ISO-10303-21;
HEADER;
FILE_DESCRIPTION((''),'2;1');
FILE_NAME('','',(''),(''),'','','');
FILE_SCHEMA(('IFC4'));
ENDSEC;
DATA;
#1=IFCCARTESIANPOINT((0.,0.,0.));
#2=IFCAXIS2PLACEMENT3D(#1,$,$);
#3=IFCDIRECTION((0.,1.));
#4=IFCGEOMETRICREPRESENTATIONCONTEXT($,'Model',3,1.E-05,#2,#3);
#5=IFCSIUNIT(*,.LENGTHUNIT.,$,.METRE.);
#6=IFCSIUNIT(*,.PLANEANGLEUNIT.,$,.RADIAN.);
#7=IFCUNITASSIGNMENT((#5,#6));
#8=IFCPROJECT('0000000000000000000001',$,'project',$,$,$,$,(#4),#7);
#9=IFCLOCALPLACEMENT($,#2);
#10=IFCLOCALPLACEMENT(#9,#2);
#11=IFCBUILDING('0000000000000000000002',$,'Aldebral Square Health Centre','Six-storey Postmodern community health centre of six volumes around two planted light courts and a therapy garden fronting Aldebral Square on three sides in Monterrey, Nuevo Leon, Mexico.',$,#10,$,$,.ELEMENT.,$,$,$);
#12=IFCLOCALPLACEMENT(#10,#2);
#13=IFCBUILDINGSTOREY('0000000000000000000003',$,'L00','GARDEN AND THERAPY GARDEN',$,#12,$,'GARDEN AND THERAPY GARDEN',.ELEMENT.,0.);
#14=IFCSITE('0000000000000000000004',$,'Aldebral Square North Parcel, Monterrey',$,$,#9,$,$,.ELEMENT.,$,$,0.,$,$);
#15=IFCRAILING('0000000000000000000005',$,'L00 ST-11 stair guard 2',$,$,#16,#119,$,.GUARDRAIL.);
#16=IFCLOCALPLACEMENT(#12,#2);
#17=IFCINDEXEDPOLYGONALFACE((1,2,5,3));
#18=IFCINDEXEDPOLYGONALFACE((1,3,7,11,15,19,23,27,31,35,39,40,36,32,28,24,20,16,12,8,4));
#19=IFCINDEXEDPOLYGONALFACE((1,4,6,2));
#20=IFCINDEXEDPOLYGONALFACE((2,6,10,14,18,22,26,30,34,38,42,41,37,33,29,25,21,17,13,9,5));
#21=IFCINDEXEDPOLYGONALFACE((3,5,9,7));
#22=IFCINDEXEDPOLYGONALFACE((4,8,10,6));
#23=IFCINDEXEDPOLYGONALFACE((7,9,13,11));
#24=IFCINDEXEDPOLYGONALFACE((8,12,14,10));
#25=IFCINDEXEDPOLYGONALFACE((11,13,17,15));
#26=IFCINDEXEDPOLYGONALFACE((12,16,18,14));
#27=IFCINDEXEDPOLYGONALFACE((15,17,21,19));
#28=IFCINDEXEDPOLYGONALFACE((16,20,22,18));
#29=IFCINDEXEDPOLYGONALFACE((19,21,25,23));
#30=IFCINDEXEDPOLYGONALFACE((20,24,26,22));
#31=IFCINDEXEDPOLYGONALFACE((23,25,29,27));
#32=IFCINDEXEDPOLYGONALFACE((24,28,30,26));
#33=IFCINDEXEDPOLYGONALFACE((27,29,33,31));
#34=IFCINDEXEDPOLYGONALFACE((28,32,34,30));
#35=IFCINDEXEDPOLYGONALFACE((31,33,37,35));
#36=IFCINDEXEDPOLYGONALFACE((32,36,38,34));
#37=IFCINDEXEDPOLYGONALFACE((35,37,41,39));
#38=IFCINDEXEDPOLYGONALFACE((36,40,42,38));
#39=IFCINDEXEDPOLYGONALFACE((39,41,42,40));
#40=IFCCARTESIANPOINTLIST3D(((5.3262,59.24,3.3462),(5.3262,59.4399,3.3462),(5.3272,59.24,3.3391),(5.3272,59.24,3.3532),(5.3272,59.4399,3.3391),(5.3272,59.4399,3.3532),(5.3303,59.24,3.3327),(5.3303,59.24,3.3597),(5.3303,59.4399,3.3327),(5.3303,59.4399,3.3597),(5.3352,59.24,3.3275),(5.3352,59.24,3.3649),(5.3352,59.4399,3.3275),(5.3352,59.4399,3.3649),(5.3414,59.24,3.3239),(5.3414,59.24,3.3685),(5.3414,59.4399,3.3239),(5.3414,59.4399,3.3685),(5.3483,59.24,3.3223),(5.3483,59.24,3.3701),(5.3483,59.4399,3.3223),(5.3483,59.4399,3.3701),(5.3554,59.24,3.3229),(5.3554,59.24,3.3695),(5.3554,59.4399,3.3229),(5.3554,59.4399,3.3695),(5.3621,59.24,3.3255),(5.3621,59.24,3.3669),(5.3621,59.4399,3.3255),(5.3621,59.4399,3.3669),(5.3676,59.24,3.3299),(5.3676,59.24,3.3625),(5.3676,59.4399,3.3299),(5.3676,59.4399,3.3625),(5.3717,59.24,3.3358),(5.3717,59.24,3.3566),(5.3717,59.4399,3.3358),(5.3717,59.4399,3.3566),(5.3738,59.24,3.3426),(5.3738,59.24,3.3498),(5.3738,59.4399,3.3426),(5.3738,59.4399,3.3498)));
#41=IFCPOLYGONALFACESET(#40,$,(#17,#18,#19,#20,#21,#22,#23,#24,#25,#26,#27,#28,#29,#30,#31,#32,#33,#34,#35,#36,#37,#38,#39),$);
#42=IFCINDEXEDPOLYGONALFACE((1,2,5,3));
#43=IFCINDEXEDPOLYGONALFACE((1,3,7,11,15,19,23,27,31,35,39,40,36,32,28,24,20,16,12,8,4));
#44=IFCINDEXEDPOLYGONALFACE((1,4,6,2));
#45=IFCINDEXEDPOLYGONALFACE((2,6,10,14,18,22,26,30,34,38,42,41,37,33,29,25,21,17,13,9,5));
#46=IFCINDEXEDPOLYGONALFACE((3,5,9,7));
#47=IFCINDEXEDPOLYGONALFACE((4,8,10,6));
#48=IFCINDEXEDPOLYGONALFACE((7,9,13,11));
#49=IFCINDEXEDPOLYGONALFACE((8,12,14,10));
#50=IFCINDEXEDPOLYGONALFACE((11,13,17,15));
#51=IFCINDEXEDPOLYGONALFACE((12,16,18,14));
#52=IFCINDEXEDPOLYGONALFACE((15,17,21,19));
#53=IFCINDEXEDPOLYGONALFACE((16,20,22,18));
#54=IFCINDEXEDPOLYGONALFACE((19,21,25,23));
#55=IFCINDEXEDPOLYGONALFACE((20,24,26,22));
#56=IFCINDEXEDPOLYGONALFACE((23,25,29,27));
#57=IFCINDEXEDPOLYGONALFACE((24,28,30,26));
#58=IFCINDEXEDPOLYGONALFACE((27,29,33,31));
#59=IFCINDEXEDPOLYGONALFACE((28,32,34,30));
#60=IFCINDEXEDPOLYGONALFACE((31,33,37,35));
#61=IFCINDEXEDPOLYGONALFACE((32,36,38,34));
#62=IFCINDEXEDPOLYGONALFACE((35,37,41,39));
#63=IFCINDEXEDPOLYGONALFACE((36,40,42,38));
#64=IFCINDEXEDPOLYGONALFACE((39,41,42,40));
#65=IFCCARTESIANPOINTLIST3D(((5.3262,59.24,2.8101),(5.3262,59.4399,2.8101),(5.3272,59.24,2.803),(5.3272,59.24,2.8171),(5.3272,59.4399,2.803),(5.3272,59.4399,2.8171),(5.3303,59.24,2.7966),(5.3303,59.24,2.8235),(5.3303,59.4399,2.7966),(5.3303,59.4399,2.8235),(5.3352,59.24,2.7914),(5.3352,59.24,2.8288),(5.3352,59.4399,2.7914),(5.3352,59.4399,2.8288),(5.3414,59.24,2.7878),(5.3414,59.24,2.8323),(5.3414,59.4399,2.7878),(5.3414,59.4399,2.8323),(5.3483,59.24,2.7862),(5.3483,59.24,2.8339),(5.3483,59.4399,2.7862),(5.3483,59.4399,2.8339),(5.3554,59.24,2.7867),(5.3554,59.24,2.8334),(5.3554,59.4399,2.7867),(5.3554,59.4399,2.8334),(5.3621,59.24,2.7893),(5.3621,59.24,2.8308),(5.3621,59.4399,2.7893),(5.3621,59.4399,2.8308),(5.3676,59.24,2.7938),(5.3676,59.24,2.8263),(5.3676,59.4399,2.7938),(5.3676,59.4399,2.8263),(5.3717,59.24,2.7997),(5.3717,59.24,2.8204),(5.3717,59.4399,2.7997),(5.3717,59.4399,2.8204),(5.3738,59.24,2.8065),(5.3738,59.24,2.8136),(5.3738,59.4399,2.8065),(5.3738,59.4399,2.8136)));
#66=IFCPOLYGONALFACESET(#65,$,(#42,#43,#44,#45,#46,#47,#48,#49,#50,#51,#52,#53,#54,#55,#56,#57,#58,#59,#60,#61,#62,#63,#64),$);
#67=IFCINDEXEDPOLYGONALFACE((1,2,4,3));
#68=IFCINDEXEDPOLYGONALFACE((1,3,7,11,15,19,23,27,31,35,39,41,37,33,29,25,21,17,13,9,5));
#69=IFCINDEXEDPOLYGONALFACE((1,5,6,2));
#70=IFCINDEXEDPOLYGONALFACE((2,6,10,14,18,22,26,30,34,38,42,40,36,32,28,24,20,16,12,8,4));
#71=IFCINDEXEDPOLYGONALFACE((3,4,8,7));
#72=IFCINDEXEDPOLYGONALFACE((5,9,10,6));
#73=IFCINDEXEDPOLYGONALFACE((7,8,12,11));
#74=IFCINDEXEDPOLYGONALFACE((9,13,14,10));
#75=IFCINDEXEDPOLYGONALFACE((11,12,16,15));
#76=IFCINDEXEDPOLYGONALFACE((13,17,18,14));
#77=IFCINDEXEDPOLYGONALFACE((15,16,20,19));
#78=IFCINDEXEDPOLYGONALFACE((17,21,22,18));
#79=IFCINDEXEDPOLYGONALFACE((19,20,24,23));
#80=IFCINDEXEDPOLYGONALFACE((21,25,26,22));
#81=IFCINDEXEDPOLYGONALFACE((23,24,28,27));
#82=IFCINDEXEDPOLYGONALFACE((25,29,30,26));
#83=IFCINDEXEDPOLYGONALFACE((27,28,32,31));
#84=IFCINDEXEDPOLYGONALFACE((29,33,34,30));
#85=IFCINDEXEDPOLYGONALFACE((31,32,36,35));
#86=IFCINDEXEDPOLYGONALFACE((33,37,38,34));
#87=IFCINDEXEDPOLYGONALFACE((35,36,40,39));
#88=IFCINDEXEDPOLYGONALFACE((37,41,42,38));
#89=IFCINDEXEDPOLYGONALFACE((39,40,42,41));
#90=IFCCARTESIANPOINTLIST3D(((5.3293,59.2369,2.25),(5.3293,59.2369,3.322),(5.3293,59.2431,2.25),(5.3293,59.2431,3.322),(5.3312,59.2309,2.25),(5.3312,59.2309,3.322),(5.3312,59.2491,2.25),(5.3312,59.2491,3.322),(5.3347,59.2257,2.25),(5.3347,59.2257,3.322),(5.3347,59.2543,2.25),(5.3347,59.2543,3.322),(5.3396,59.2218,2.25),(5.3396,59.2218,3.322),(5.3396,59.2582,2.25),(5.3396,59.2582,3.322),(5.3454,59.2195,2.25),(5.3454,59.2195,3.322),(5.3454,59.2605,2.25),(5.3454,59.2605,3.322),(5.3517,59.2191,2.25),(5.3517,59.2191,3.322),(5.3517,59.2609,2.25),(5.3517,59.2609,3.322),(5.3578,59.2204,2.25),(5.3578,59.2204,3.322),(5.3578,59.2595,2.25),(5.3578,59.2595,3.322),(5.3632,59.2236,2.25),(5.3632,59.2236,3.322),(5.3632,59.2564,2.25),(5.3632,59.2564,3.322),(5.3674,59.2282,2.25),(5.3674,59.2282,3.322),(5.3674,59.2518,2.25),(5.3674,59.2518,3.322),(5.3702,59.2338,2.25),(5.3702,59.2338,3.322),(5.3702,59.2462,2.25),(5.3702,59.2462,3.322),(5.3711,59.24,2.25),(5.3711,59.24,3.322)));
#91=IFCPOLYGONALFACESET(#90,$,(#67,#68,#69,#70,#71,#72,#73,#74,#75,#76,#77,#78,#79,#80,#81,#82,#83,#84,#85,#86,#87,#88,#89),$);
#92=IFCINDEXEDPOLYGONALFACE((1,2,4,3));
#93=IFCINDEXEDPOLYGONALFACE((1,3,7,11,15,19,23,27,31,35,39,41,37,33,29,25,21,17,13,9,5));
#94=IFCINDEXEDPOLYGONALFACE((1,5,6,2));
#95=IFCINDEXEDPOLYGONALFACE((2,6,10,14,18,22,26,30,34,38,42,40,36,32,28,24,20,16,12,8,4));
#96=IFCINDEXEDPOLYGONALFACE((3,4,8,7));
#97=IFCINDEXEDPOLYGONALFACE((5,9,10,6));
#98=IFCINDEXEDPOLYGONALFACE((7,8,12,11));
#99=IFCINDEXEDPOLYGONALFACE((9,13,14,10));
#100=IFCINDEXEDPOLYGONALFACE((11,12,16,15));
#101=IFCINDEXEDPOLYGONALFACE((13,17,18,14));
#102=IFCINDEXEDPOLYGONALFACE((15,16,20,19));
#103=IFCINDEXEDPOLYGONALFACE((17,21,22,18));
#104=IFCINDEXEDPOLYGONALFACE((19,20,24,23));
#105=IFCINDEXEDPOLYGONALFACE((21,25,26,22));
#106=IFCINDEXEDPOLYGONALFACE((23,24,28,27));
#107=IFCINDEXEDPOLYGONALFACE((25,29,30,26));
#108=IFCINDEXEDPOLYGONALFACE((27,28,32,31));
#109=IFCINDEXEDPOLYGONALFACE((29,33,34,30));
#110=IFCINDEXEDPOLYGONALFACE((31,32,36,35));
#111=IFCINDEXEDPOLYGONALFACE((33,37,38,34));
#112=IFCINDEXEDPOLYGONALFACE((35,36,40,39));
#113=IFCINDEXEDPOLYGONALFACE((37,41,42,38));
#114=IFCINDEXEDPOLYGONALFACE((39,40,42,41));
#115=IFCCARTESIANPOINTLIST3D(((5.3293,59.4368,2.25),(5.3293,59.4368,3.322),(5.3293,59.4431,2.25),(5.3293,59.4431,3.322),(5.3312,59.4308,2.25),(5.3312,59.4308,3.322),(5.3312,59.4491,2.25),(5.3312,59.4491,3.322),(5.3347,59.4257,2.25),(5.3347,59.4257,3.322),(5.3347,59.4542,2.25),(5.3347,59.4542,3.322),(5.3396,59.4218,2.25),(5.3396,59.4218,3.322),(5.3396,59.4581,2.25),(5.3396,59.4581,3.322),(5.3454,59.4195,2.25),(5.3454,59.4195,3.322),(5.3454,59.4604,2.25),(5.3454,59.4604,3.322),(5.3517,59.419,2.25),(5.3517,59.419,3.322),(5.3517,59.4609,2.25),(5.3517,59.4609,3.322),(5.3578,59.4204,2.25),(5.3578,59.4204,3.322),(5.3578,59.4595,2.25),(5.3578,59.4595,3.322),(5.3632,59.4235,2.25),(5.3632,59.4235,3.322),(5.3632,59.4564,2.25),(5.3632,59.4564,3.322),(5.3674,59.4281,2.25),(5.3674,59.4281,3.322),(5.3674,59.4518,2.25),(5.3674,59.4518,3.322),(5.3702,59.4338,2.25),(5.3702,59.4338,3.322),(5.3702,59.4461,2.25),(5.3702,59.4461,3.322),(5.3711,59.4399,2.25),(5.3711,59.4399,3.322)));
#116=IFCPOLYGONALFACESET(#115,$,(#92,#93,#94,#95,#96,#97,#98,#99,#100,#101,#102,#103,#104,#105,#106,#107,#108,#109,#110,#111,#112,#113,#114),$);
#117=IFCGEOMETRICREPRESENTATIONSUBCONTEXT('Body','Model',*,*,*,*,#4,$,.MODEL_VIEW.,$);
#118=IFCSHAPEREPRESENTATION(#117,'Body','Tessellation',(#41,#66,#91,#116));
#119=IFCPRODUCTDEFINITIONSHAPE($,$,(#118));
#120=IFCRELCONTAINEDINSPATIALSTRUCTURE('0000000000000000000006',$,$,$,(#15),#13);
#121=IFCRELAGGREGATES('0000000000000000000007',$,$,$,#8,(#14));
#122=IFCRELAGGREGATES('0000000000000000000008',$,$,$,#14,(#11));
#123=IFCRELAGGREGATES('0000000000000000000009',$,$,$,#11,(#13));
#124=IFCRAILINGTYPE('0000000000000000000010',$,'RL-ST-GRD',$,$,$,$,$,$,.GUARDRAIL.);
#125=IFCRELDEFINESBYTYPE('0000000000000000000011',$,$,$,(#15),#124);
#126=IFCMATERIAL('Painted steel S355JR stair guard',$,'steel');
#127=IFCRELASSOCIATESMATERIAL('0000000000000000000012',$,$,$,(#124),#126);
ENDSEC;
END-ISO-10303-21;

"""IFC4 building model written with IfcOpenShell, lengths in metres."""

from ifc_helpers import new_model, si_unit, direction, frame, origin, origin_2d, place, context, subcontext, project, spatial, circle, extrude, material, type_object, element, save


model = new_model("IFC4")

# Units and contexts
model_context = context("Model", 3, precision=1e-05, world=origin(), true_north=direction((0.0, 1.0)))
body_context = subcontext(model_context, "Body", "Model", "MODEL_VIEW")
ifc_project = project(units=[si_unit("LENGTHUNIT", "METRE"), si_unit("PLANEANGLEUNIT", "RADIAN")], contexts=[model_context])

# Site, building, storey
site_placement = place(None, origin())
site = spatial("IfcSite", under=ifc_project, at=site_placement, Name="Aldebral Square North Parcel, Monterrey", CompositionType="ELEMENT", RefElevation=0.0)
building_placement = place(site_placement, origin())
building = spatial("IfcBuilding", under=site, at=building_placement, Name="Aldebral Square Health Centre", Description="Six-storey Postmodern community health centre of six volumes around two planted light courts and a therapy garden fronting Aldebral Square on three sides in Monterrey, Nuevo Leon, Mexico.", CompositionType="ELEMENT")
storey_placement = place(building_placement, origin())
storey = spatial("IfcBuildingStorey", under=building, at=storey_placement, Name="L00", Description="GARDEN AND THERAPY GARDEN", LongName="GARDEN AND THERAPY GARDEN", CompositionType="ELEMENT", Elevation=0.0)

# Railing
ifc_material_1 = material(Name="Painted steel S355JR stair guard", Category="steel")
railing_type_1 = type_object("IfcRailingType", Name="RL-ST-GRD", PredefinedType="GUARDRAIL", material=ifc_material_1)
railing_1_placement = place(storey_placement, frame((5.3501, 59.24, 2.25)))
element("IfcRailing", 1, at=railing_1_placement, inside=storey, type_object=railing_type_1, Name="L00 ST-11 stair guard 2", PredefinedType="GUARDRAIL", context=body_context, shape_type="SweptSolid", body=[
    extrude(circle(Radius=0.0239, at=origin_2d()), frame((0.0, 0.0, 1.0962), z_axis=(0.0, 1.0, 0.0), x_axis=(-1.0, 0.0, 0.0)), (0.0, 0.0, 1.0), 0.2),
    extrude(circle(Radius=0.0239, at=origin_2d()), frame((0.0, 0.0, 0.5601), z_axis=(0.0, 1.0, 0.0), x_axis=(-1.0, 0.0, 0.0)), (0.0, 0.0, 1.0), 0.2),
    extrude(circle(Radius=0.021, at=origin_2d()), origin(), (0.0, 0.0, 1.0), 1.072),
    extrude(circle(Radius=0.021, at=origin_2d()), frame((0.0, 0.2, 0.0)), (0.0, 0.0, 1.0), 1.072),
])

save(model, "model.ifc")
